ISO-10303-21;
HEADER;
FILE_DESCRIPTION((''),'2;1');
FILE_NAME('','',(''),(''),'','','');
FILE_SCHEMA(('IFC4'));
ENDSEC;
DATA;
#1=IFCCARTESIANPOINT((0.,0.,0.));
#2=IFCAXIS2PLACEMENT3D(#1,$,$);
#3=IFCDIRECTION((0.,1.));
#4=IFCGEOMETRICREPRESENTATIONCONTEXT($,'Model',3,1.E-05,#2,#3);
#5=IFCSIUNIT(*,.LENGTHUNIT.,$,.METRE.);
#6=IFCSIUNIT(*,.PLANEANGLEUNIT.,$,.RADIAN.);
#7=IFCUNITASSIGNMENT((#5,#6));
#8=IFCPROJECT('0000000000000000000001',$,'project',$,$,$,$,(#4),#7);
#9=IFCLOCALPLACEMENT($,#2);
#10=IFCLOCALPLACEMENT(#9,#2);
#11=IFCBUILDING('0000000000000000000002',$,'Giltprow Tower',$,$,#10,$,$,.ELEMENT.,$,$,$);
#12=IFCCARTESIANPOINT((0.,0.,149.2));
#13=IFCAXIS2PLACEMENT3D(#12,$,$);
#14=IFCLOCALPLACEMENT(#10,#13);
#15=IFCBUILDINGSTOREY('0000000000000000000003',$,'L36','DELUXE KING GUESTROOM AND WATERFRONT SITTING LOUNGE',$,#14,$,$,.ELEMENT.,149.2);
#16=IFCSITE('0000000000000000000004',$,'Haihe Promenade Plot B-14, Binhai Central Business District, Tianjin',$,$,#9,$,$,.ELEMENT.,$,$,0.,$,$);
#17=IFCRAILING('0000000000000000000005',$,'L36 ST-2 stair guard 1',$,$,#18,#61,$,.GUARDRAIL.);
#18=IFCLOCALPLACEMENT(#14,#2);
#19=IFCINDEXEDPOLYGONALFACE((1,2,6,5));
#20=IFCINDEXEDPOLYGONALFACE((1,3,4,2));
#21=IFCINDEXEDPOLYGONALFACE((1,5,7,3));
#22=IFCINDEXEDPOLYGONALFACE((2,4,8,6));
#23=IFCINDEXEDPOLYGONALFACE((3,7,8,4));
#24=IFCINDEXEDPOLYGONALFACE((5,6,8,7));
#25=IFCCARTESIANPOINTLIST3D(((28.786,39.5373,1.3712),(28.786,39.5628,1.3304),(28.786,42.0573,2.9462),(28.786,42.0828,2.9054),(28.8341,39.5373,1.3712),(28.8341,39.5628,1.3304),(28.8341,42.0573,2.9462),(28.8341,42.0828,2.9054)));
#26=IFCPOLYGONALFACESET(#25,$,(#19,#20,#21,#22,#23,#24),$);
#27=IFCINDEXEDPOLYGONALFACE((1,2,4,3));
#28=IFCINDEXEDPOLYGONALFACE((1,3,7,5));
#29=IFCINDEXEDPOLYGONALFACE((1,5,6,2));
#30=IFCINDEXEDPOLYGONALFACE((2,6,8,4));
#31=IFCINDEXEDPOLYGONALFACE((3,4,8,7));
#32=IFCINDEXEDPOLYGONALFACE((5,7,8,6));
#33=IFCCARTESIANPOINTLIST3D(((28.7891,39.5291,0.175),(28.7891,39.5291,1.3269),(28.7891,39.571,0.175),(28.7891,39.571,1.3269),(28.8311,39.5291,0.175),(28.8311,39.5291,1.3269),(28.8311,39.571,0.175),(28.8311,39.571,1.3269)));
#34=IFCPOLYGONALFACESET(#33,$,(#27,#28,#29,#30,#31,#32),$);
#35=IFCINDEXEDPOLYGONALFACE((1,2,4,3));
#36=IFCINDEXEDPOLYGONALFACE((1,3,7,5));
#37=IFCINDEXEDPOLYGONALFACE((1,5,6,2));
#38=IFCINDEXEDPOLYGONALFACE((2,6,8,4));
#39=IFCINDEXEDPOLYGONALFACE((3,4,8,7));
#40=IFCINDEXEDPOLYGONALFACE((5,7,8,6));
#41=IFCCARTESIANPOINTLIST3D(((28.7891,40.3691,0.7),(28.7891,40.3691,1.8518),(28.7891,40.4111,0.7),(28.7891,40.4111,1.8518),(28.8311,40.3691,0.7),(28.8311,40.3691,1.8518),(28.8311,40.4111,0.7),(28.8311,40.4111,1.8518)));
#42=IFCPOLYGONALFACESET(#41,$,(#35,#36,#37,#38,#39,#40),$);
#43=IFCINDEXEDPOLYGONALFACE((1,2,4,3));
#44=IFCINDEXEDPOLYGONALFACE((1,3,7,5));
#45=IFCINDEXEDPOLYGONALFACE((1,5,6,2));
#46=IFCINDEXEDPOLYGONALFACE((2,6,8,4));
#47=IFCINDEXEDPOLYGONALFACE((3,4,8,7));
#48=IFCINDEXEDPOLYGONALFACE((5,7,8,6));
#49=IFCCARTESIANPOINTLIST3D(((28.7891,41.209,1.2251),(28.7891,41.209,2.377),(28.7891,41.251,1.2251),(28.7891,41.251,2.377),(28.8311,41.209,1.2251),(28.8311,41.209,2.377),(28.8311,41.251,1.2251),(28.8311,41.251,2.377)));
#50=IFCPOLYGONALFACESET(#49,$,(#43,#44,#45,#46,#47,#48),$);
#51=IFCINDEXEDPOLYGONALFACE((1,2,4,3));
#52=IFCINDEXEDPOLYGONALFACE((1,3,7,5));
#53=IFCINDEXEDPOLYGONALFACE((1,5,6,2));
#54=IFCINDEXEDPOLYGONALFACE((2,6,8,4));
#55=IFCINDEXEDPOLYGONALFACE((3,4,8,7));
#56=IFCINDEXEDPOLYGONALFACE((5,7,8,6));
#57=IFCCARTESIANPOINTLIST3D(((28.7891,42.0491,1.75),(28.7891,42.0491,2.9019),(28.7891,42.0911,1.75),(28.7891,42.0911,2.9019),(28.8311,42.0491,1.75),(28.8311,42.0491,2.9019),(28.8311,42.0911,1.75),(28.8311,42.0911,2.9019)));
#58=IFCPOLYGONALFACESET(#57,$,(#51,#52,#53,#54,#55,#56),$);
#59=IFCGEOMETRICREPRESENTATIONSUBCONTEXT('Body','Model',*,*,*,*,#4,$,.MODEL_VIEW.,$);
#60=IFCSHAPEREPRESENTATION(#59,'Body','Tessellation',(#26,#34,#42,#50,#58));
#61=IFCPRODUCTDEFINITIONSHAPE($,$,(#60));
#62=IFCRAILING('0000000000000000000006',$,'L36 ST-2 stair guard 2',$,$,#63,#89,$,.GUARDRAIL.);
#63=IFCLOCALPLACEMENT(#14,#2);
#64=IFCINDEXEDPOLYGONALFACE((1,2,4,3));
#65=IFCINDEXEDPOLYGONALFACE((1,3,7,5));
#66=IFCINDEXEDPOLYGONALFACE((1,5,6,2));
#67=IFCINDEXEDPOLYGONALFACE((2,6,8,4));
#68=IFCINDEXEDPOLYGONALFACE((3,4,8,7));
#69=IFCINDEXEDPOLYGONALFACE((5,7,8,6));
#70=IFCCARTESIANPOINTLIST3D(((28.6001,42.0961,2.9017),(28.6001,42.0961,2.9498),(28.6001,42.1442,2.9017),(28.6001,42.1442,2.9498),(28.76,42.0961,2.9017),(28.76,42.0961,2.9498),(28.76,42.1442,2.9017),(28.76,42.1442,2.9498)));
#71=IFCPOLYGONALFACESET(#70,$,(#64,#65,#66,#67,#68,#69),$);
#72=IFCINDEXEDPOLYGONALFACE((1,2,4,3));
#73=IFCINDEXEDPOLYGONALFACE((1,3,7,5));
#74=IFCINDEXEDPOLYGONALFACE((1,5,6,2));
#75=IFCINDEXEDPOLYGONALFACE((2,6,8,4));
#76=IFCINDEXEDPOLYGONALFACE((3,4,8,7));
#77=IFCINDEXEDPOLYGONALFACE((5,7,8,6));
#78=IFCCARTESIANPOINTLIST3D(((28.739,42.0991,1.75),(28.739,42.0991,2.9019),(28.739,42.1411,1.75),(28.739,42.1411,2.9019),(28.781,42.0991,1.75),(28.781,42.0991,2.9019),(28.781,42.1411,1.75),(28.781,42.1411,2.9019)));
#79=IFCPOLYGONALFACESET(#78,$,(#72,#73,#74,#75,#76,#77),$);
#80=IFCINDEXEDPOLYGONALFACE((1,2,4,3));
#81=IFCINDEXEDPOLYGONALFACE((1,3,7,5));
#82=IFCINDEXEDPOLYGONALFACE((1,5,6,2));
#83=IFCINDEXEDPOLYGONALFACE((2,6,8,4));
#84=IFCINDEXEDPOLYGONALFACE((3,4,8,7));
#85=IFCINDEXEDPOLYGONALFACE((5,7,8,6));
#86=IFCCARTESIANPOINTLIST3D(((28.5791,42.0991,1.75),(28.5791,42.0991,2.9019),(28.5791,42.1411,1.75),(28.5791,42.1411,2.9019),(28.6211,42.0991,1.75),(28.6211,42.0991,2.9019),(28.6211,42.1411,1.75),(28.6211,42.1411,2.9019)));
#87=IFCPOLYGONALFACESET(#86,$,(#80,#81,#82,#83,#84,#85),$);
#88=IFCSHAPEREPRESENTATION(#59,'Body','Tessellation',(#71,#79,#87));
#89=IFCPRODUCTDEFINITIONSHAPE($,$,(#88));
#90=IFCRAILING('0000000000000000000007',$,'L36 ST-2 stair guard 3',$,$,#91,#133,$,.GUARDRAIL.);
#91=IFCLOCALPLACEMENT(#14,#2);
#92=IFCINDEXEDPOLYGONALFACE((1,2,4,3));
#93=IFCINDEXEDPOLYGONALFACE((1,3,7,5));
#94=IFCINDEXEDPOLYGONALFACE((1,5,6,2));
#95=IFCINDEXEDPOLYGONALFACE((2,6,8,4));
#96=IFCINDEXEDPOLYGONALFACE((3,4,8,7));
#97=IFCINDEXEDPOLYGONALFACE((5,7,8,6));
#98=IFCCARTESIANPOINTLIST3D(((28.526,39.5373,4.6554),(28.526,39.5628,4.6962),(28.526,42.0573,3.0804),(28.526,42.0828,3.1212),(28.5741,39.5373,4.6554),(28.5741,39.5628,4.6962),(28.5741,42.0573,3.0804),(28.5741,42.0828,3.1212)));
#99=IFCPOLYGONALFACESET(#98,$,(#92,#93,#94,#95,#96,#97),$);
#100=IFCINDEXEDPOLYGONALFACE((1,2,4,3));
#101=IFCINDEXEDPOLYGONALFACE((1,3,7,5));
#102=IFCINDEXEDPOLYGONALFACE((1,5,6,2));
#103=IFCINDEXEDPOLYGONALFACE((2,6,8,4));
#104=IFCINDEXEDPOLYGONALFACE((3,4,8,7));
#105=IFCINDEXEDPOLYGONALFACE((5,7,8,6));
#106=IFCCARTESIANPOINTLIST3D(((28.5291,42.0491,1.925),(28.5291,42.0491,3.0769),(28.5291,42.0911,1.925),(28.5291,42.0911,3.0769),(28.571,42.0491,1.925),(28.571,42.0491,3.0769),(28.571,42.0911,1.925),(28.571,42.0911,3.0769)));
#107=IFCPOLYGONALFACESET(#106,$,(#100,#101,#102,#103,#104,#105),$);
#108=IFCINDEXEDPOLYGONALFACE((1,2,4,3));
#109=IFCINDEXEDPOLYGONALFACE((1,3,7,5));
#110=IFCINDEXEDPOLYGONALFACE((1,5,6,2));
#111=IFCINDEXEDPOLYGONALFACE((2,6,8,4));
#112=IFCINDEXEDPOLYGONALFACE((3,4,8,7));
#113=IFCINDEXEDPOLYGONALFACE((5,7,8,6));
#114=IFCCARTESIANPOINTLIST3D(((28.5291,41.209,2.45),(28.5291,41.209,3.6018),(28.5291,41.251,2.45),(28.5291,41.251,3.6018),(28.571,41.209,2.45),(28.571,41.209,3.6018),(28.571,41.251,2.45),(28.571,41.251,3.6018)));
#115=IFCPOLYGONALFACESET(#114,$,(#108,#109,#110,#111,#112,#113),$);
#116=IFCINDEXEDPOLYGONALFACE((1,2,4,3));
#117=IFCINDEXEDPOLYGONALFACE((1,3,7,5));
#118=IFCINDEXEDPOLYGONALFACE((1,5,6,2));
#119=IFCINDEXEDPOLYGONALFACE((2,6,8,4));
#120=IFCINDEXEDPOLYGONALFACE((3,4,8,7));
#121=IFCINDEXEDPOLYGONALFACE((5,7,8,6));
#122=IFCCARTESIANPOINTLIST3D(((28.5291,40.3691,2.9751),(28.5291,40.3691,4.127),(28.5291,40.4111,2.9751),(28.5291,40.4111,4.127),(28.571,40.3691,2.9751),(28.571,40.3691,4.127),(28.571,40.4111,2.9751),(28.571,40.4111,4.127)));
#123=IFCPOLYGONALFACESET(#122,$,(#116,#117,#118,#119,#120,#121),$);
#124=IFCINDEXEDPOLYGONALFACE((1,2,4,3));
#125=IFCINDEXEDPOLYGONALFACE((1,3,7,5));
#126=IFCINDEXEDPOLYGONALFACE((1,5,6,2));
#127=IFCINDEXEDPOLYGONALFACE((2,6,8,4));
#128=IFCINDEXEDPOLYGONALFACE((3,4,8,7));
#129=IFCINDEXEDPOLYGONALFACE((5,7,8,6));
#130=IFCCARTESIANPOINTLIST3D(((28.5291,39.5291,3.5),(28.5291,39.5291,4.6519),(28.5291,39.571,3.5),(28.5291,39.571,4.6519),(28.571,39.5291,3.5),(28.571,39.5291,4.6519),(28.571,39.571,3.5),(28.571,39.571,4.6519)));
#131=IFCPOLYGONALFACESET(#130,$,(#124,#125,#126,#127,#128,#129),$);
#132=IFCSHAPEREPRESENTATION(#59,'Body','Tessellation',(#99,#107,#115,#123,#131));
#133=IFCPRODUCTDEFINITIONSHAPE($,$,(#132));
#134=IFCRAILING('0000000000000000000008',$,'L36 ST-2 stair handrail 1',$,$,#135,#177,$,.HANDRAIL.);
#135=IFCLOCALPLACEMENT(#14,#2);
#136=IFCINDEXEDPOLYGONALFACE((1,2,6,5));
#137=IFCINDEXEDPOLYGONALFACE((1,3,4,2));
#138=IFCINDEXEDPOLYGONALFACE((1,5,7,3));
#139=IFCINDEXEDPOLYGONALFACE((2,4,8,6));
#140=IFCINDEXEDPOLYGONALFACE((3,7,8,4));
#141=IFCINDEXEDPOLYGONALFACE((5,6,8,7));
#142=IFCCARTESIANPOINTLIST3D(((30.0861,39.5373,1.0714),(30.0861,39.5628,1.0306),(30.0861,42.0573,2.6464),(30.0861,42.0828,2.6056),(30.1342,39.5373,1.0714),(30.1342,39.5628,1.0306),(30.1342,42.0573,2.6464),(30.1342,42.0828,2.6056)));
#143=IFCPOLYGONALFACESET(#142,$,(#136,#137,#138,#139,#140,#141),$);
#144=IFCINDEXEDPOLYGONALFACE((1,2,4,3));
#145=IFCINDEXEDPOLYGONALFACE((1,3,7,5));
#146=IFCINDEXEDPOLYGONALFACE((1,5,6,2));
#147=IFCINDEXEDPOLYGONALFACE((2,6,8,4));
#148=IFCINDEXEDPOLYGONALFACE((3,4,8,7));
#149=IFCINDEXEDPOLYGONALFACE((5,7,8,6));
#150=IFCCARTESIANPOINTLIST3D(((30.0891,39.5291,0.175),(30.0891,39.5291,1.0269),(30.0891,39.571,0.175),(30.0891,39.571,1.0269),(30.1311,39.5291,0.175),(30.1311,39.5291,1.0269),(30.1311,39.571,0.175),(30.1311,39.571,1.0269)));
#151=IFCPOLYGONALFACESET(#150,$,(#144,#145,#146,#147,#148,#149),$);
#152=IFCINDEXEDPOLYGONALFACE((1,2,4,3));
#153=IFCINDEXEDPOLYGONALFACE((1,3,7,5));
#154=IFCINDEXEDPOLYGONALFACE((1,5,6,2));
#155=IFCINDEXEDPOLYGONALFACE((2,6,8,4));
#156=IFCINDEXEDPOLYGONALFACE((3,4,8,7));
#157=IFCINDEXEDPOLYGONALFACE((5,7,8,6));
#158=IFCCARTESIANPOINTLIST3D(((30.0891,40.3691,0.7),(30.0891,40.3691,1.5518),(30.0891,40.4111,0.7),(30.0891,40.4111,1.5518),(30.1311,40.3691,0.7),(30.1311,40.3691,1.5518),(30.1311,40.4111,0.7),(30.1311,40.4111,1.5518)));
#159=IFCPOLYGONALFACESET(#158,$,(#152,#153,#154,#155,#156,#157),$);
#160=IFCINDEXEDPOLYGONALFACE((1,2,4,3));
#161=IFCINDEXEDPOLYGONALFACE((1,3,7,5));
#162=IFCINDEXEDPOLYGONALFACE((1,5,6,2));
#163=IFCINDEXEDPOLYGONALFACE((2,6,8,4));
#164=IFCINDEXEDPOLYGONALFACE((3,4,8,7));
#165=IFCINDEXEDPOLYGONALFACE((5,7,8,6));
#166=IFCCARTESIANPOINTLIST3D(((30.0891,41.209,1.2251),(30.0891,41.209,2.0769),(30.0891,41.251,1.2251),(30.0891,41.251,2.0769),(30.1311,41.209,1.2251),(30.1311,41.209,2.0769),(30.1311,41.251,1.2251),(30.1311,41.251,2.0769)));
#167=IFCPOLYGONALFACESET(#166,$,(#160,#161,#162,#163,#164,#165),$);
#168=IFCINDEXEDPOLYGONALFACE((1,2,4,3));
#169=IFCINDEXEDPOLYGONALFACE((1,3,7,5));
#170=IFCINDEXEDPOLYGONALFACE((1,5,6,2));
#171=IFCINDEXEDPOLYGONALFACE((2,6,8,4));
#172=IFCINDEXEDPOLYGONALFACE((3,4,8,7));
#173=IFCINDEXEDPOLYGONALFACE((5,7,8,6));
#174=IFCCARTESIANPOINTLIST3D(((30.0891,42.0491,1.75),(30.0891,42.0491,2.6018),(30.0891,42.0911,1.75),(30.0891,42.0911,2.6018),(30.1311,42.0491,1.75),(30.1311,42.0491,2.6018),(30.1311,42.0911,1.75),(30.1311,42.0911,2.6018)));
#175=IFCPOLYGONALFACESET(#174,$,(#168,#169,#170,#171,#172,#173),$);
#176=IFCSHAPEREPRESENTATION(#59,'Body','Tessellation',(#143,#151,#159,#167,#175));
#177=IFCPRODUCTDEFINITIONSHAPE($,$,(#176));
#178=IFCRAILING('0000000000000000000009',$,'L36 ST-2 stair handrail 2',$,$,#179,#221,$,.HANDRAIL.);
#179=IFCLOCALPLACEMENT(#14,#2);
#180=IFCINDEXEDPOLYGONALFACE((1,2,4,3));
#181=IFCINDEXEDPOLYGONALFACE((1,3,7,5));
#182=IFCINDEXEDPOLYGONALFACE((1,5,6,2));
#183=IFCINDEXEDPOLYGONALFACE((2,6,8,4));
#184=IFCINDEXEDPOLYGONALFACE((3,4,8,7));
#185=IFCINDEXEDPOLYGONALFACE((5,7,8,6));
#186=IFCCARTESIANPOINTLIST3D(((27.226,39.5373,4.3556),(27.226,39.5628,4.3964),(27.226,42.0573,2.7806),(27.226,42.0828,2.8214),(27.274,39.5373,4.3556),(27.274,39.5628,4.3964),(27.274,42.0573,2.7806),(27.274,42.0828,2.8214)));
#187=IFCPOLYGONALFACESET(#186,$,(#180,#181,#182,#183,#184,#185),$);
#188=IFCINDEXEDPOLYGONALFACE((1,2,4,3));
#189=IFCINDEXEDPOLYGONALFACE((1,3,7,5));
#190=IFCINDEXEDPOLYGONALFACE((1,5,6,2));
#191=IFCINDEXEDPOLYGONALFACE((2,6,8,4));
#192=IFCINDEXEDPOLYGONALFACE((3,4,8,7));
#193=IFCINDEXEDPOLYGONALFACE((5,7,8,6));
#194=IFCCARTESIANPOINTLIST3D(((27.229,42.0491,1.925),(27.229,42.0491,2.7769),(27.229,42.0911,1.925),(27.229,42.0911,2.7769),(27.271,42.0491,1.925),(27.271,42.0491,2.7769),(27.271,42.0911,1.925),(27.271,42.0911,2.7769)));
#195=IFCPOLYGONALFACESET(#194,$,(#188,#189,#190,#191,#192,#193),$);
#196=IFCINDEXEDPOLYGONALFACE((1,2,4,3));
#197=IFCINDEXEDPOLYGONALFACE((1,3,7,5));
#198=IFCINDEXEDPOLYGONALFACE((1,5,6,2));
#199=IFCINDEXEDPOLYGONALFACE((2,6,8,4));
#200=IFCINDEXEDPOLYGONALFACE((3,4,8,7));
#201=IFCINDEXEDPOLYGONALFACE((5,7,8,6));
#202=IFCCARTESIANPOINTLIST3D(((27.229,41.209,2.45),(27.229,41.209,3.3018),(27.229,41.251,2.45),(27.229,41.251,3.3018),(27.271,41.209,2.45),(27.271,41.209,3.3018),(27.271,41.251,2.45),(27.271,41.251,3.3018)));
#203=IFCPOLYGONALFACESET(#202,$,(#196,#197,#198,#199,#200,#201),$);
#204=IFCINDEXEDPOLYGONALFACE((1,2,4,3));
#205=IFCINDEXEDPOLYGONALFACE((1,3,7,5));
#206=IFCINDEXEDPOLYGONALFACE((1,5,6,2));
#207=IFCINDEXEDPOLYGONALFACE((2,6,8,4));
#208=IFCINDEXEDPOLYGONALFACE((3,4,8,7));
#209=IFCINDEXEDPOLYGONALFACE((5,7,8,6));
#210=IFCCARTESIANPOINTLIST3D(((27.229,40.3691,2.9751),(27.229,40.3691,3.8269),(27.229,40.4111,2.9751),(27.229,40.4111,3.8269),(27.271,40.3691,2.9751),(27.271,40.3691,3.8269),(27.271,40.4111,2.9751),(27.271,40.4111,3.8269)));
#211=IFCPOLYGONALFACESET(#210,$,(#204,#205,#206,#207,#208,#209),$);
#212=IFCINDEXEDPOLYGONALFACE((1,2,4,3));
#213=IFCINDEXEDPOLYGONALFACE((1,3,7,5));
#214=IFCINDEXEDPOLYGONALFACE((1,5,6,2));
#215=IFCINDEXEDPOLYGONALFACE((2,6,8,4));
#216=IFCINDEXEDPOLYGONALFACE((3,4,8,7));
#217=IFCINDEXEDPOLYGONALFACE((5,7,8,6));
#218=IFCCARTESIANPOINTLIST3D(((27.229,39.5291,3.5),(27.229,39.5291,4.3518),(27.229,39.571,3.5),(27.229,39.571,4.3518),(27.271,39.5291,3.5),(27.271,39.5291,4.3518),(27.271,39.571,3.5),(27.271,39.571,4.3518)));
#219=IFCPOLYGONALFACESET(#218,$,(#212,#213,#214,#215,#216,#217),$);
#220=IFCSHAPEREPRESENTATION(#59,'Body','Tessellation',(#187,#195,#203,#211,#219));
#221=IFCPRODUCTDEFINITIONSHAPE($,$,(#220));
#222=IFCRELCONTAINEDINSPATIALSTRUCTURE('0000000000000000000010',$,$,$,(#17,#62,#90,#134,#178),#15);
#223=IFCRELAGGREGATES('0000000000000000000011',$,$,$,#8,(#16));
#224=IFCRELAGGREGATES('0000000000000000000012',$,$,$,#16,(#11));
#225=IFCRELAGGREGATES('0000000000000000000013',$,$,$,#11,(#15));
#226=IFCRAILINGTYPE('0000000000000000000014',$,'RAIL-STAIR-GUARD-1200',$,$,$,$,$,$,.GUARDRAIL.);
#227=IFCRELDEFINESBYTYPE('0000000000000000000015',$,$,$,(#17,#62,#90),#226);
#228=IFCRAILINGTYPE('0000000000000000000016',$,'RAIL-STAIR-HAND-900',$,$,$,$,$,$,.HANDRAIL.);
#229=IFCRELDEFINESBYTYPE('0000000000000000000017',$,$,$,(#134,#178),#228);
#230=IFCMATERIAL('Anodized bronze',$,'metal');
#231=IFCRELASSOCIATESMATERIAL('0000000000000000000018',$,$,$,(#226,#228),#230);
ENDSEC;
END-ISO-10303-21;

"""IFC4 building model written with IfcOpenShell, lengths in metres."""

from ifc_helpers import new_model, si_unit, direction, frame, origin, origin_2d, place, context, subcontext, project, spatial, rectangle, extrude, material, type_object, element, save


model = new_model("IFC4")

# Units and contexts
model_context = context("Model", 3, precision=1e-05, world=origin(), true_north=direction((0.0, 1.0)))
body_context = subcontext(model_context, "Body", "Model", "MODEL_VIEW")
ifc_project = project(units=[si_unit("LENGTHUNIT", "METRE"), si_unit("PLANEANGLEUNIT", "RADIAN")], contexts=[model_context])

# Site, building, storey
site_placement = place(None, origin())
site = spatial("IfcSite", under=ifc_project, at=site_placement, Name="Haihe Promenade Plot B-14, Binhai Central Business District, Tianjin", CompositionType="ELEMENT", RefElevation=0.0)
building_placement = place(site_placement, origin())
building = spatial("IfcBuilding", under=site, at=building_placement, Name="Giltprow Tower", CompositionType="ELEMENT")
storey_placement = place(building_placement, frame((0.0, 0.0, 149.2)))
storey = spatial("IfcBuildingStorey", under=building, at=storey_placement, Name="L36", Description="DELUXE KING GUESTROOM AND WATERFRONT SITTING LOUNGE", CompositionType="ELEMENT", Elevation=149.2)

# Railings
ifc_material_1 = material(Name="Anodized bronze", Category="metal")
railing_type_1 = type_object("IfcRailingType", Name="RAIL-STAIR-GUARD-1200", PredefinedType="GUARDRAIL", material=ifc_material_1)
railing_1_placement = place(storey_placement, frame((28.8101, 39.55, 0.175)))
element("IfcRailing", 1, at=railing_1_placement, inside=storey, type_object=railing_type_1, Name="L36 ST-2 stair guard 1", PredefinedType="GUARDRAIL", context=body_context, shape_type="SweptSolid", body=[
    extrude(rectangle(XDim=0.0481, YDim=0.0481, at=origin_2d()), frame((0.0, 0.0, 1.1758), z_axis=(0.0, 0.848008, 0.529984), x_axis=(-1.0, 0.0, 0.0)), (0.0, 0.0, 1.0), 2.9717),
    extrude(rectangle(XDim=0.042, YDim=0.042, at=origin_2d()), origin(), (0.0, 0.0, 1.0), 1.1519),
    extrude(rectangle(XDim=0.042, YDim=0.042, at=origin_2d()), frame((0.0, 0.8401, 0.5249)), (0.0, 0.0, 1.0), 1.1519),
    extrude(rectangle(XDim=0.042, YDim=0.042, at=origin_2d()), frame((0.0, 1.6799, 1.05)), (0.0, 0.0, 1.0), 1.1519),
    extrude(rectangle(XDim=0.042, YDim=0.042, at=origin_2d()), frame((0.0, 2.52, 1.575)), (0.0, 0.0, 1.0), 1.1519),
])
railing_2_placement = place(storey_placement, frame((28.76, 42.1201, 1.75)))
element("IfcRailing", 2, at=railing_2_placement, inside=storey, type_object=railing_type_1, Name="L36 ST-2 stair guard 2", PredefinedType="GUARDRAIL", context=body_context, shape_type="SweptSolid", body=[
    extrude(rectangle(XDim=0.0481, YDim=0.0481, at=origin_2d()), frame((0.0, 0.0, 1.1758), z_axis=(-1.0, 0.0, 0.0), x_axis=(0.0, -1.0, 0.0)), (0.0, 0.0, 1.0), 0.1599),
    extrude(rectangle(XDim=0.042, YDim=0.042, at=origin_2d()), origin(), (0.0, 0.0, 1.0), 1.1519),
    extrude(rectangle(XDim=0.042, YDim=0.042, at=origin_2d()), frame((-0.1599, 0.0, 0.0)), (0.0, 0.0, 1.0), 1.1519),
])
railing_3_placement = place(storey_placement, frame((28.55, 42.0701, 1.925)))
element("IfcRailing", 3, at=railing_3_placement, inside=storey, type_object=railing_type_1, Name="L36 ST-2 stair guard 3", PredefinedType="GUARDRAIL", context=body_context, shape_type="SweptSolid", body=[
    extrude(rectangle(XDim=0.0481, YDim=0.0481, at=origin_2d()), frame((0.0, 0.0, 1.1758), z_axis=(0.0, -0.848008, 0.529984), x_axis=(1.0, 0.0, 0.0)), (0.0, 0.0, 1.0), 2.9717),
    extrude(rectangle(XDim=0.042, YDim=0.042, at=origin_2d()), origin(), (0.0, 0.0, 1.0), 1.1519),
    extrude(rectangle(XDim=0.042, YDim=0.042, at=origin_2d()), frame((0.0, -0.8401, 0.5249)), (0.0, 0.0, 1.0), 1.1519),
    extrude(rectangle(XDim=0.042, YDim=0.042, at=origin_2d()), frame((0.0, -1.6799, 1.05)), (0.0, 0.0, 1.0), 1.1519),
    extrude(rectangle(XDim=0.042, YDim=0.042, at=origin_2d()), frame((0.0, -2.52, 1.575)), (0.0, 0.0, 1.0), 1.1519),
])
railing_type_2 = type_object("IfcRailingType", Name="RAIL-STAIR-HAND-900", PredefinedType="HANDRAIL", material=ifc_material_1)
railing_4_placement = place(storey_placement, frame((30.1101, 39.55, 0.175)))
element("IfcRailing", 4, at=railing_4_placement, inside=storey, type_object=railing_type_2, Name="L36 ST-2 stair handrail 1", PredefinedType="HANDRAIL", context=body_context, shape_type="SweptSolid", body=[
    extrude(rectangle(XDim=0.0481, YDim=0.0481, at=origin_2d()), frame((0.0, 0.0, 0.876), z_axis=(0.0, 0.848008, 0.529984), x_axis=(-1.0, 0.0, 0.0)), (0.0, 0.0, 1.0), 2.9717),
    extrude(rectangle(XDim=0.042, YDim=0.042, at=origin_2d()), origin(), (0.0, 0.0, 1.0), 0.8518),
    extrude(rectangle(XDim=0.042, YDim=0.042, at=origin_2d()), frame((0.0, 0.8401, 0.5249)), (0.0, 0.0, 1.0), 0.8518),
    extrude(rectangle(XDim=0.042, YDim=0.042, at=origin_2d()), frame((0.0, 1.6799, 1.05)), (0.0, 0.0, 1.0), 0.8518),
    extrude(rectangle(XDim=0.042, YDim=0.042, at=origin_2d()), frame((0.0, 2.52, 1.575)), (0.0, 0.0, 1.0), 0.8518),
])
railing_5_placement = place(storey_placement, frame((27.25, 42.0701, 1.925)))
element("IfcRailing", 5, at=railing_5_placement, inside=storey, type_object=railing_type_2, Name="L36 ST-2 stair handrail 2", PredefinedType="HANDRAIL", context=body_context, shape_type="SweptSolid", body=[
    extrude(rectangle(XDim=0.0481, YDim=0.0481, at=origin_2d()), frame((0.0, 0.0, 0.876), z_axis=(0.0, -0.848008, 0.529984), x_axis=(1.0, 0.0, 0.0)), (0.0, 0.0, 1.0), 2.9717),
    extrude(rectangle(XDim=0.042, YDim=0.042, at=origin_2d()), origin(), (0.0, 0.0, 1.0), 0.8518),
    extrude(rectangle(XDim=0.042, YDim=0.042, at=origin_2d()), frame((0.0, -0.8401, 0.5249)), (0.0, 0.0, 1.0), 0.8518),
    extrude(rectangle(XDim=0.042, YDim=0.042, at=origin_2d()), frame((0.0, -1.6799, 1.05)), (0.0, 0.0, 1.0), 0.8518),
    extrude(rectangle(XDim=0.042, YDim=0.042, at=origin_2d()), frame((0.0, -2.52, 1.575)), (0.0, 0.0, 1.0), 0.8518),
])

save(model, "model.ifc")
